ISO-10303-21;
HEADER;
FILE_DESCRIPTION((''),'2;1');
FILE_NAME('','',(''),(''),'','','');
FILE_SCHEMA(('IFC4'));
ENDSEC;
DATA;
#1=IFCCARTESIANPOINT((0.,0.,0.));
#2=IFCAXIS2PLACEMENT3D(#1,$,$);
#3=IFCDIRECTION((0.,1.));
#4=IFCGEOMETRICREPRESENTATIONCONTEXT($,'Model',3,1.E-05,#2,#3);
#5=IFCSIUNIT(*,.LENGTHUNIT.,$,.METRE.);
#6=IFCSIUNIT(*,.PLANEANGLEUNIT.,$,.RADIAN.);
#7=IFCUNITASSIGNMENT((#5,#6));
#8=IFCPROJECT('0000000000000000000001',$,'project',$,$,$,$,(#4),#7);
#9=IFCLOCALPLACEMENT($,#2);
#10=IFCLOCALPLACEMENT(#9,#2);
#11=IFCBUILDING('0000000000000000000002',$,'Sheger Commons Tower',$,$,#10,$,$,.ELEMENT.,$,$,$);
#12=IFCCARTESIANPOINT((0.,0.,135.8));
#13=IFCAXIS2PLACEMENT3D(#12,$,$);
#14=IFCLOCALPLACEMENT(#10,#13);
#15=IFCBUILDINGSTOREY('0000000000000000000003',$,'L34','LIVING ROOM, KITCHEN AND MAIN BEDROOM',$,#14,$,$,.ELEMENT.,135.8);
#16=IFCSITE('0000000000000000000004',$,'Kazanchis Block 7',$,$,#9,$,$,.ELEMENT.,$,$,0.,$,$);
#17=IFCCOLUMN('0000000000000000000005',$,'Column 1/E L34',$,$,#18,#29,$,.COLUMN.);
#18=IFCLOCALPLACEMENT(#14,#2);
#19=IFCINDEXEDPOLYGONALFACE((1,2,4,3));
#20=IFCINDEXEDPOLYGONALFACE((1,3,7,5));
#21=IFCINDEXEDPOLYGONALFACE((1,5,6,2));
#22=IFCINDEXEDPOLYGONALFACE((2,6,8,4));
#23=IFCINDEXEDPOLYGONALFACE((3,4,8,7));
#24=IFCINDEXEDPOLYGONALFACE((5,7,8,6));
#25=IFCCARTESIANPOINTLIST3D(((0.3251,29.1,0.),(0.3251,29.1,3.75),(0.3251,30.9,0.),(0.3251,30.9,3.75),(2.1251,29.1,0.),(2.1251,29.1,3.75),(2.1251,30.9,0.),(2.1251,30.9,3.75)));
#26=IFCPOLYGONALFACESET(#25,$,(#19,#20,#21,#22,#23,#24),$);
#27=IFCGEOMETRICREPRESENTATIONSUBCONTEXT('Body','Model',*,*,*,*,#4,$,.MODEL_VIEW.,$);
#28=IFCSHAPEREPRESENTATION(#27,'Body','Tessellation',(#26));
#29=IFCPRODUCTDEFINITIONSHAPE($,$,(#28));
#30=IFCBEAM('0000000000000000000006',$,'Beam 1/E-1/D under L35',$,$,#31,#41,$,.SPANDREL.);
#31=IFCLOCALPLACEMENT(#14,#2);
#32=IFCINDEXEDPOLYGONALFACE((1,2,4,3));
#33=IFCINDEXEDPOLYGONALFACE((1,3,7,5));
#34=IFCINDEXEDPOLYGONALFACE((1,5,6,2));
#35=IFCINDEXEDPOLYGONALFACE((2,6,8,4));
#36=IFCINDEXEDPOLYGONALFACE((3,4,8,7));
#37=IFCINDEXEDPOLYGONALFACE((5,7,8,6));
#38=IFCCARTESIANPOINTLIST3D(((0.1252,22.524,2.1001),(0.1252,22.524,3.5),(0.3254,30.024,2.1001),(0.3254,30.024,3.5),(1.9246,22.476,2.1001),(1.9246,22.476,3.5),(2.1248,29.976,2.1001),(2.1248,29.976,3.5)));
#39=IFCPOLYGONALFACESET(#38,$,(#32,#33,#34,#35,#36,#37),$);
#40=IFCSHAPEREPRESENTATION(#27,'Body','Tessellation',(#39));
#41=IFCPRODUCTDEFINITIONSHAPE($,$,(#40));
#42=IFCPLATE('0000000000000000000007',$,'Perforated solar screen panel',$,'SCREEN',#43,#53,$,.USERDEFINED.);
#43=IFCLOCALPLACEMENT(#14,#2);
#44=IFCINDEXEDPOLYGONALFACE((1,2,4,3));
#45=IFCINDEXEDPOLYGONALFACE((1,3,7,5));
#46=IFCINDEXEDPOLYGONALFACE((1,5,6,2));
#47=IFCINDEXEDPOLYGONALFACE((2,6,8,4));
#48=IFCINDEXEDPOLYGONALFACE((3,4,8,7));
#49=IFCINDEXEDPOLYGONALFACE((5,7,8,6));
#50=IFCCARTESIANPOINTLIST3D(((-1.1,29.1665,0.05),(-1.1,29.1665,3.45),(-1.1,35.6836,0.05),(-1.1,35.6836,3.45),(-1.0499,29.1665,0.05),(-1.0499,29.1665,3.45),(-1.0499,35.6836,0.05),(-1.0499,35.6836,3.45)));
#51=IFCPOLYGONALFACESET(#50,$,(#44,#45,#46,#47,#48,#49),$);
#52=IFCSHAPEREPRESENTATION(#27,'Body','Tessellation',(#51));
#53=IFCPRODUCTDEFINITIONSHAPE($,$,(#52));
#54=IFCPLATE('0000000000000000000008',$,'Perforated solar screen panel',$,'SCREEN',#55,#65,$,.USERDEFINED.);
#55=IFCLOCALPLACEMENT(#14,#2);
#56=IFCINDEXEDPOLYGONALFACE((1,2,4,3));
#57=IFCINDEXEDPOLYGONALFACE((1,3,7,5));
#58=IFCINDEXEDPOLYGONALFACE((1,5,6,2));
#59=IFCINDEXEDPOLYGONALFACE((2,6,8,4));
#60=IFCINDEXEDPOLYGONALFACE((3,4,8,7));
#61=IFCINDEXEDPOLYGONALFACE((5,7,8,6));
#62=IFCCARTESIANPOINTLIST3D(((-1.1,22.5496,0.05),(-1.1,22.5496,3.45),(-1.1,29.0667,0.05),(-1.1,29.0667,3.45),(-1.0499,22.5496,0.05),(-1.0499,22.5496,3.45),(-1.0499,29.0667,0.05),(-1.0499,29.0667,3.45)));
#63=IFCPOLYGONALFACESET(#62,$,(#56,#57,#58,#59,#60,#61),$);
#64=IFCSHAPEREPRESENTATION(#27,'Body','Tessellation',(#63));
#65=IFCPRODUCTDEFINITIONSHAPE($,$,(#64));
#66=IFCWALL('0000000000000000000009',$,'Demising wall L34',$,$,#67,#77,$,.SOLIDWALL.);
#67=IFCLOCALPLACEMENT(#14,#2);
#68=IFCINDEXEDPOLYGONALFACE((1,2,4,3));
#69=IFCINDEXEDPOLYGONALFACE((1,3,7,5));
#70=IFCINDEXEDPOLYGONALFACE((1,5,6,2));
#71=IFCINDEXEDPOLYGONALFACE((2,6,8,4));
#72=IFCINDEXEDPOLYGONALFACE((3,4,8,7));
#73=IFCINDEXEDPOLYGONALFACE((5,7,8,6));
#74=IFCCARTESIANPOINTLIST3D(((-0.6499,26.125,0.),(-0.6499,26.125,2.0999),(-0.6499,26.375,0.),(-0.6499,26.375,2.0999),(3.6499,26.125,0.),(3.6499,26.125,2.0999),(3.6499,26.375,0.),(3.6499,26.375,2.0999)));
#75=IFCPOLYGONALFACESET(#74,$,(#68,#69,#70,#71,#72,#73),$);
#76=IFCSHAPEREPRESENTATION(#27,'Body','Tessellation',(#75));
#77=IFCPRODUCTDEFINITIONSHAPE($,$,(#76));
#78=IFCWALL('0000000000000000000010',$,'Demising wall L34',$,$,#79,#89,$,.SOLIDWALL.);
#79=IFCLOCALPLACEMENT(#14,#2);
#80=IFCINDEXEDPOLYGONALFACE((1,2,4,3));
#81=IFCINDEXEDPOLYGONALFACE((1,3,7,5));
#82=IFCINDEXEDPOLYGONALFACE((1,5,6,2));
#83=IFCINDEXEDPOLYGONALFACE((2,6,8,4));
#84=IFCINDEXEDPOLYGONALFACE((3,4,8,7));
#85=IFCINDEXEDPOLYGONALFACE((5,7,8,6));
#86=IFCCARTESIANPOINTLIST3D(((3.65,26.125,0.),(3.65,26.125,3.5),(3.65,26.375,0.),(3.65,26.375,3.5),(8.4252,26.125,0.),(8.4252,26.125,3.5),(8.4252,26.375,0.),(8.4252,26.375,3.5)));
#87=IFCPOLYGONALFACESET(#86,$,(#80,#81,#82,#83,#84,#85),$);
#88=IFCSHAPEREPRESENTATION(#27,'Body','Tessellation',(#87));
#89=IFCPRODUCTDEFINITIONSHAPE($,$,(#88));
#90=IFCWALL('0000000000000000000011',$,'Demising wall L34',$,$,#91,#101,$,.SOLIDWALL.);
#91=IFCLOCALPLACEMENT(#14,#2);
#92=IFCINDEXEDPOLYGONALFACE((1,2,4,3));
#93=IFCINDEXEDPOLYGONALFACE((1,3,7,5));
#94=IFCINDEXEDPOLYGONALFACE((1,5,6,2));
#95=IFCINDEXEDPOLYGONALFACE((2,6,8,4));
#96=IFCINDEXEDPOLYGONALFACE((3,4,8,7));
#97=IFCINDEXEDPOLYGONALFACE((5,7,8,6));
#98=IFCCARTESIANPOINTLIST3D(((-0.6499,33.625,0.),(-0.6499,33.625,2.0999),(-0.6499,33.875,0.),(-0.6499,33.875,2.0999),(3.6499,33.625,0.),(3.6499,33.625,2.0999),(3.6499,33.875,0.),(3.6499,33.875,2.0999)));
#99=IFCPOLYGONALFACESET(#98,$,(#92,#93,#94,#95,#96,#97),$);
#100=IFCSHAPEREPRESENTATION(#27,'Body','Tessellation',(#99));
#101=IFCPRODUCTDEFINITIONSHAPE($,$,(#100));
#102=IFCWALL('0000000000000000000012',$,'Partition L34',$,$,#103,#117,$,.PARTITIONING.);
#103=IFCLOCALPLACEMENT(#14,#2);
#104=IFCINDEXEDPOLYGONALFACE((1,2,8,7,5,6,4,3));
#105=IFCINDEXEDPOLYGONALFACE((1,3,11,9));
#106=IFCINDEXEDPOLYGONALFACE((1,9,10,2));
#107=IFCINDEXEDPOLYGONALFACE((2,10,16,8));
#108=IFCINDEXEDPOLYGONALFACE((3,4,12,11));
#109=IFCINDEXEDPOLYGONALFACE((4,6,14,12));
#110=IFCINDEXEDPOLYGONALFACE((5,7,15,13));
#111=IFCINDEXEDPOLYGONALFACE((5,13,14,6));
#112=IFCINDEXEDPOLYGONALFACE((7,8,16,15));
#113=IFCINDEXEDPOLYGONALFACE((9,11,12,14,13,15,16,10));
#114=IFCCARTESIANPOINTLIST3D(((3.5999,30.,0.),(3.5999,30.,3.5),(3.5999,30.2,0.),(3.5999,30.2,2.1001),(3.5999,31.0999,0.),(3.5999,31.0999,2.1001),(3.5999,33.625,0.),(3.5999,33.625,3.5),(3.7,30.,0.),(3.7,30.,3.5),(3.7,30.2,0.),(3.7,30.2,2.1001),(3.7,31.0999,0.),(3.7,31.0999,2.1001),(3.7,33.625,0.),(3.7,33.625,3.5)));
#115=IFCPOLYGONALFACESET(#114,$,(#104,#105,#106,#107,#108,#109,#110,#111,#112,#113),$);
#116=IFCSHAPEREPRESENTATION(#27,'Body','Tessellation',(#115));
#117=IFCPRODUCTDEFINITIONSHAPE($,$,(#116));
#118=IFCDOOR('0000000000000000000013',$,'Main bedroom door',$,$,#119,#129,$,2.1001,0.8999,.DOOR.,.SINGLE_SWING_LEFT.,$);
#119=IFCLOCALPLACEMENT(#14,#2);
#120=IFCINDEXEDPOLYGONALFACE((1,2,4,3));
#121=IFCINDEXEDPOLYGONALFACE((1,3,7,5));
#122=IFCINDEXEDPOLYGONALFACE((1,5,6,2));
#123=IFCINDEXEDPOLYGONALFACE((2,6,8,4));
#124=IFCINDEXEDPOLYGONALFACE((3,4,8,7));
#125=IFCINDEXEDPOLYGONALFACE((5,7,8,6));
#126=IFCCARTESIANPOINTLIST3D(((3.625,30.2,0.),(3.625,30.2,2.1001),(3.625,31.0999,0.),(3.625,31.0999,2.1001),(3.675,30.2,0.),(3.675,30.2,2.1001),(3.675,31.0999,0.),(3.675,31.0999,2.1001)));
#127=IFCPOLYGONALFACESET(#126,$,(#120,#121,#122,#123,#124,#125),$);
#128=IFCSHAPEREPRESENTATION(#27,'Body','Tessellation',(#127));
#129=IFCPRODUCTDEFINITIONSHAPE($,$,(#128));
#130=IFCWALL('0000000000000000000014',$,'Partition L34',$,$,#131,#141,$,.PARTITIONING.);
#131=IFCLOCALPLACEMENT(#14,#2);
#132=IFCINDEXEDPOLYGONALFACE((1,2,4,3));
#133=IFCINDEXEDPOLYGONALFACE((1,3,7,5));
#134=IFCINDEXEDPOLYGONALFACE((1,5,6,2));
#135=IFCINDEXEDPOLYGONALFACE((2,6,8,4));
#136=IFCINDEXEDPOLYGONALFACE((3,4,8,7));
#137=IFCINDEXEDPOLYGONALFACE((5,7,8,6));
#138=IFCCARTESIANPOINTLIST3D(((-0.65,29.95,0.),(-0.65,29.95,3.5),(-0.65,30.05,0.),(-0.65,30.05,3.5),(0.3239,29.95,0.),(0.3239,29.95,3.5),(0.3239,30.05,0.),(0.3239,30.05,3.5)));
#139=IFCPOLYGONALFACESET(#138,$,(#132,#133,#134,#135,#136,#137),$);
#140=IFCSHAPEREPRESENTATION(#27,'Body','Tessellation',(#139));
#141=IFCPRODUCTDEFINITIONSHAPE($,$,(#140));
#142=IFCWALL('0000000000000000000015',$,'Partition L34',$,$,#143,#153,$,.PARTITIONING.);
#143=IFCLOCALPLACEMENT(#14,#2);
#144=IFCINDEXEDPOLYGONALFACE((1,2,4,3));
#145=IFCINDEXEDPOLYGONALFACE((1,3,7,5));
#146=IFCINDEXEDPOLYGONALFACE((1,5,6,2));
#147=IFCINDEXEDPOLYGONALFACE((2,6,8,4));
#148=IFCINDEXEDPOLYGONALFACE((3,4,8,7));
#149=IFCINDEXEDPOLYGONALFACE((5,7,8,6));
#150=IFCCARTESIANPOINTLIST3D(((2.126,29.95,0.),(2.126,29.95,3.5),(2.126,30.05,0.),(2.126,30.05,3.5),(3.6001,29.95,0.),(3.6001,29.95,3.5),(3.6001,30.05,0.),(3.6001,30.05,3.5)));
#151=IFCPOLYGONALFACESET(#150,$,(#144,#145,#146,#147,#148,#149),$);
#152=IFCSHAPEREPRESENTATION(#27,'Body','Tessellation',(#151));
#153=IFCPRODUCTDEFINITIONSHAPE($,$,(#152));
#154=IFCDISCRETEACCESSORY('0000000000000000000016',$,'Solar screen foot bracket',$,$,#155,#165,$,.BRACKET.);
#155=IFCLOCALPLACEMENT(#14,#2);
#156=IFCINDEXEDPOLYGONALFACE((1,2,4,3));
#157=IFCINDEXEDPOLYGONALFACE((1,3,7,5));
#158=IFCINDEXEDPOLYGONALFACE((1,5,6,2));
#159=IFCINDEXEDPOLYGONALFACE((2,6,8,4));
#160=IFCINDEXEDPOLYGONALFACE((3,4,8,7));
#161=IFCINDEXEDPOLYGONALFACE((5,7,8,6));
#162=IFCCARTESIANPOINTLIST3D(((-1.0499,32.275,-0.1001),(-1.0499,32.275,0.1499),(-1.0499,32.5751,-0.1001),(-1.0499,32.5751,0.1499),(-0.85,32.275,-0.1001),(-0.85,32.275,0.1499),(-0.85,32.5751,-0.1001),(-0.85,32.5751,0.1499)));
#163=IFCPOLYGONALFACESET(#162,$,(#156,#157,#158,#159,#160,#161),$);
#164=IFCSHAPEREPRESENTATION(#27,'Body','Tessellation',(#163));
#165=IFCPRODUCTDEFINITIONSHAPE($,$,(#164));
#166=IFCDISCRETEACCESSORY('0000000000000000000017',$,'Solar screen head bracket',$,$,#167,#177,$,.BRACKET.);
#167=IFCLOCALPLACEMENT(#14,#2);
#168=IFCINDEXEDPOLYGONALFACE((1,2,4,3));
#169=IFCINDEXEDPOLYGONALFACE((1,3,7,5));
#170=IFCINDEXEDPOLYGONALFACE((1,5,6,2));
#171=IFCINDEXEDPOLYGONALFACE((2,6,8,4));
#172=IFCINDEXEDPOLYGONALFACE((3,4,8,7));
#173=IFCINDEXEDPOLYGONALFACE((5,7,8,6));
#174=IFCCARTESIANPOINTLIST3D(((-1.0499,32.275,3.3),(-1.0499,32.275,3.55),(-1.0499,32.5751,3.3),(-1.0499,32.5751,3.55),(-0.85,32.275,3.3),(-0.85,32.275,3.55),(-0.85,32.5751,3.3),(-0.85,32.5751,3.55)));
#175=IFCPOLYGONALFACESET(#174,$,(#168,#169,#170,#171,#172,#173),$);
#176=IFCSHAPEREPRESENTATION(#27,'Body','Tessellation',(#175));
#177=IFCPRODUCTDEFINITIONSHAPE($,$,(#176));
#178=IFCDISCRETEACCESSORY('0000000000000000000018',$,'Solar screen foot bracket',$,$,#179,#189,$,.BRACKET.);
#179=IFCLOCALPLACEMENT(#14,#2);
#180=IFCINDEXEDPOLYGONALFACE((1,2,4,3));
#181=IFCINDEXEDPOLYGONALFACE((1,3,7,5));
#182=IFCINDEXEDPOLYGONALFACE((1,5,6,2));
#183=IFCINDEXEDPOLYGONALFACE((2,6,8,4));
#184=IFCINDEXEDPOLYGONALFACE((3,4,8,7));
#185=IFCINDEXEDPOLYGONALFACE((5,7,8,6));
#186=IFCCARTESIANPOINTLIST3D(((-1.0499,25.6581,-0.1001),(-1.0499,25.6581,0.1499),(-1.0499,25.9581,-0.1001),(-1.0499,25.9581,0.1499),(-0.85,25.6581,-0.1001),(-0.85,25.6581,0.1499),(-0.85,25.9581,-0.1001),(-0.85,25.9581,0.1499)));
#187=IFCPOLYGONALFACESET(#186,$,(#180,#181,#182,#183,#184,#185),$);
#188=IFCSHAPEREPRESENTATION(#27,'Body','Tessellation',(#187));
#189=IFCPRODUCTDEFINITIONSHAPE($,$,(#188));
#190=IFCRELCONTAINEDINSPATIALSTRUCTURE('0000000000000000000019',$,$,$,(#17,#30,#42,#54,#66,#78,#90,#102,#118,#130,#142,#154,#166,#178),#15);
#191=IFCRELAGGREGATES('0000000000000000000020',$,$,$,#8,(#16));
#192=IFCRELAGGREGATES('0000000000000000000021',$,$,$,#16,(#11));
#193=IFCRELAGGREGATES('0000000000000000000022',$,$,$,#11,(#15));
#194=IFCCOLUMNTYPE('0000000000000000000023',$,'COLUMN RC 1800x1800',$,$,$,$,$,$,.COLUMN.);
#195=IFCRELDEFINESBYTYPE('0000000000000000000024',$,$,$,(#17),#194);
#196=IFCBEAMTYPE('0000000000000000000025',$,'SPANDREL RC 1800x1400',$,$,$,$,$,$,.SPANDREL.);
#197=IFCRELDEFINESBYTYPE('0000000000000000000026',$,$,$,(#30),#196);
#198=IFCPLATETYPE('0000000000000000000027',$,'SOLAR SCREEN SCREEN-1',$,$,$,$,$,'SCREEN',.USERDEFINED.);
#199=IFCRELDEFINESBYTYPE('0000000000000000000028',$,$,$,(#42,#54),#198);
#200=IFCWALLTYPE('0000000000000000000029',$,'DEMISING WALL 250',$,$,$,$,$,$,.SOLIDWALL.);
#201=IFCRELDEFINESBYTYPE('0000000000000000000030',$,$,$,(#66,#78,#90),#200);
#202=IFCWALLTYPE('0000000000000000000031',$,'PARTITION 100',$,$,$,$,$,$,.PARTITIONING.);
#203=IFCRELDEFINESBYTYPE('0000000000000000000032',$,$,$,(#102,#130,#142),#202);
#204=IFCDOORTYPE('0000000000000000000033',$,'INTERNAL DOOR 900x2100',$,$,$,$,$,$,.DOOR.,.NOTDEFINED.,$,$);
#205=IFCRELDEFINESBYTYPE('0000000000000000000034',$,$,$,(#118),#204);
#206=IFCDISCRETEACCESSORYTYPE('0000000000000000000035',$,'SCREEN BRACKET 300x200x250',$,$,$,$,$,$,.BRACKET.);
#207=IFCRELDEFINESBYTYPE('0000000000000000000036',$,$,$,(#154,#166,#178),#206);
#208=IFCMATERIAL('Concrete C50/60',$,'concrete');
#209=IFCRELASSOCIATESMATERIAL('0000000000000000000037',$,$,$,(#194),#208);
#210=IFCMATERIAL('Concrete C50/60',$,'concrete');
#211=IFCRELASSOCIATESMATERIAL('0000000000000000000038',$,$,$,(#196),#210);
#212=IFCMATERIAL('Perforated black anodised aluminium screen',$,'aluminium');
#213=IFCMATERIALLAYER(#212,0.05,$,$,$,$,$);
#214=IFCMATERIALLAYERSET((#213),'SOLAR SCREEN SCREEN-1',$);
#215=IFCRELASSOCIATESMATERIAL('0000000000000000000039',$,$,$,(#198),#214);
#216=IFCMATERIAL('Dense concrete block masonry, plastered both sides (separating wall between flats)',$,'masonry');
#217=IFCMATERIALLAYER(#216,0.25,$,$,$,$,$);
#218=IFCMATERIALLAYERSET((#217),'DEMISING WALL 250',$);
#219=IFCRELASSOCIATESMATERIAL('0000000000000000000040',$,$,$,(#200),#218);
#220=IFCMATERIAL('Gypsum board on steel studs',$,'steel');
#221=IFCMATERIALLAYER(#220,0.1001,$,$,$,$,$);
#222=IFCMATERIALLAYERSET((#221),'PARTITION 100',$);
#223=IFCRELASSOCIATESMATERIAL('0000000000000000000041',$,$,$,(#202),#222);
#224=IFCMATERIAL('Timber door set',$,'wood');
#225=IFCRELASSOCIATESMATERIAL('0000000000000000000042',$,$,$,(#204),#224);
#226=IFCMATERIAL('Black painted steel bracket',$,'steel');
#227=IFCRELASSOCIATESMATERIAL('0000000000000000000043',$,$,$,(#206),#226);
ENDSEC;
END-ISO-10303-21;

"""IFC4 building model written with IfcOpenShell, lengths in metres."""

from ifc_helpers import new_model, si_unit, direction, frame, frame_2d, origin, origin_2d, place, context, subcontext, project, spatial, rectangle, extrude, material, layer, layer_set, material_profile, profile_set, type_object, element, fill, save


model = new_model("IFC4")

# Units and contexts
model_context = context("Model", 3, precision=1e-05, world=origin(), true_north=direction((0.0, 1.0)))
body_context = subcontext(model_context, "Body", "Model", "MODEL_VIEW")
ifc_project = project(units=[si_unit("LENGTHUNIT", "METRE"), si_unit("PLANEANGLEUNIT", "RADIAN")], contexts=[model_context])

# Site, building, storey
site_placement = place(None, origin())
site = spatial("IfcSite", under=ifc_project, at=site_placement, Name="Kazanchis Block 7", CompositionType="ELEMENT", RefElevation=0.0)
building_placement = place(site_placement, origin())
building = spatial("IfcBuilding", under=site, at=building_placement, Name="Sheger Commons Tower", CompositionType="ELEMENT")
storey_placement = place(building_placement, frame((0.0, 0.0, 135.8)))
storey = spatial("IfcBuildingStorey", under=building, at=storey_placement, Name="L34", Description="LIVING ROOM, KITCHEN AND MAIN BEDROOM", CompositionType="ELEMENT", Elevation=135.8)

# Column
ifc_material_1 = material(Name="Concrete C50/60", Category="concrete")
ifc_material_profile_1 = material_profile(ifc_material_1, rectangle(XDim=1.8, YDim=1.8, at=origin_2d()), Name="RC 1800x1800")
ifc_profile_set_1 = profile_set([ifc_material_profile_1], Name="Concrete C50/60")
column_type = type_object("IfcColumnType", Name="COLUMN RC 1800x1800", PredefinedType="COLUMN", material=ifc_profile_set_1)
column_placement = place(storey_placement, frame((1.2251, 30.0, 0.0), z_axis=(0.0, 0.0, 1.0), x_axis=(1.0, 0.0, 0.0)))
element("IfcColumn", 1, at=column_placement, inside=storey, type_object=column_type, Name="Column 1/E L34", PredefinedType="COLUMN", context=body_context, shape_type="SweptSolid", body=[
    extrude(rectangle(XDim=1.8, YDim=1.8, at=origin_2d()), origin(), (0.0, 0.0, 1.0), 3.75),
])

# Beam
ifc_material_2 = material(Name="Concrete C50/60", Category="concrete")
ifc_material_profile_2 = material_profile(ifc_material_2, rectangle(XDim=1.8, YDim=1.3999, at=origin_2d()), Name="RC 1800x1400")
ifc_profile_set_2 = profile_set([ifc_material_profile_2], Name="Concrete C50/60")
beam_type = type_object("IfcBeamType", Name="SPANDREL RC 1800x1400", PredefinedType="SPANDREL", material=ifc_profile_set_2)
beam_placement = place(storey_placement, frame((1.2251, 30.0, 2.8), z_axis=(-0.026683, -0.999644, 0.0), x_axis=(0.999644, -0.026683, 0.0)))
element("IfcBeam", 2, at=beam_placement, inside=storey, type_object=beam_type, Name="Beam 1/E-1/D under L35", PredefinedType="SPANDREL", context=body_context, shape_type="SweptSolid", body=[
    extrude(rectangle(XDim=1.8, YDim=1.3999, at=origin_2d()), origin(), (0.0, 0.0, 1.0), 7.5027),
])

# Plates
ifc_material_3 = material(Name="Perforated black anodised aluminium screen", Category="aluminium")
ifc_layer_1 = layer(ifc_material_3, 0.05)
ifc_layer_set_1 = layer_set([ifc_layer_1], Name="SOLAR SCREEN SCREEN-1")
plate_type = type_object("IfcPlateType", Name="SOLAR SCREEN SCREEN-1", ElementType="SCREEN", PredefinedType="USERDEFINED", material=ifc_layer_set_1)
for number, where, z_axis, x_axis, name in (
    (3, (-1.075, 32.425, 0.05), (0.0, 0.0, 1.0), (0.0, -1.0, 0.0), "Perforated solar screen panel"),
    (4, (-1.075, 25.8081, 0.05), (0.0, 0.0, 1.0), (0.0, -1.0, 0.0), "Perforated solar screen panel"),
):
    element("IfcPlate", number, at=place(storey_placement, frame(where, z_axis=z_axis, x_axis=x_axis)), inside=storey, type_object=plate_type, Name=name, ObjectType="SCREEN", PredefinedType="USERDEFINED", context=body_context, shape_type="SweptSolid", body=[
        extrude(rectangle(XDim=6.5171, YDim=0.05, at=origin_2d()), origin(), (0.0, 0.0, 1.0), 3.3999),
    ])

# Walls
ifc_material_4 = material(Name="Dense concrete block masonry, plastered both sides (separating wall between flats)", Category="masonry")
ifc_layer_2 = layer(ifc_material_4, 0.25)
ifc_layer_set_2 = layer_set([ifc_layer_2], Name="DEMISING WALL 250")
wall_type_1 = type_object("IfcWallType", Name="DEMISING WALL 250", PredefinedType="SOLIDWALL", material=ifc_layer_set_2)
wall_1_placement = place(storey_placement, frame((-0.6499, 26.25, 0.0), z_axis=(0.0, 0.0, 1.0), x_axis=(1.0, 0.0, 0.0)))
element("IfcWall", 5, at=wall_1_placement, inside=storey, type_object=wall_type_1, Name="Demising wall L34", PredefinedType="SOLIDWALL", context=body_context, shape_type="SweptSolid", body=[
    extrude(rectangle(XDim=4.2998, YDim=0.25, at=frame_2d((2.1499, 0.0))), origin(), (0.0, 0.0, 1.0), 2.0999),
])
wall_2_placement = place(storey_placement, frame((3.6499, 26.25, 0.0), z_axis=(0.0, 0.0, 1.0), x_axis=(1.0, 0.0, 0.0)))
element("IfcWall", 6, at=wall_2_placement, inside=storey, type_object=wall_type_1, Name="Demising wall L34", PredefinedType="SOLIDWALL", context=body_context, shape_type="SweptSolid", body=[
    extrude(rectangle(XDim=4.7751, YDim=0.25, at=frame_2d((2.3877, 0.0))), origin(), (0.0, 0.0, 1.0), 3.5),
])
wall_3_placement = place(storey_placement, frame((-0.6499, 33.75, 0.0), z_axis=(0.0, 0.0, 1.0), x_axis=(1.0, 0.0, 0.0)))
element("IfcWall", 7, at=wall_3_placement, inside=storey, type_object=wall_type_1, Name="Demising wall L34", PredefinedType="SOLIDWALL", context=body_context, shape_type="SweptSolid", body=[
    extrude(rectangle(XDim=4.2998, YDim=0.25, at=frame_2d((2.1499, 0.0))), origin(), (0.0, 0.0, 1.0), 2.0999),
])

# Wall, opening, door
ifc_material_5 = material(Name="Gypsum board on steel studs", Category="steel")
ifc_layer_3 = layer(ifc_material_5, 0.1001)
ifc_layer_set_3 = layer_set([ifc_layer_3], Name="PARTITION 100")
wall_type_2 = type_object("IfcWallType", Name="PARTITION 100", PredefinedType="PARTITIONING", material=ifc_layer_set_3)
wall_4_placement = place(storey_placement, frame((3.6499, 30.0, 0.0), z_axis=(0.0, 0.0, 1.0), x_axis=(0.0, 1.0, 0.0)))
wall_4 = element("IfcWall", 8, at=wall_4_placement, inside=storey, type_object=wall_type_2, Name="Partition L34", PredefinedType="PARTITIONING", context=body_context, shape_type="SweptSolid", body=[
    extrude(rectangle(XDim=3.625, YDim=0.1001, at=frame_2d((1.8125, 0.0))), origin(), (0.0, 0.0, 1.0), 3.5),
])
opening_placement = place(wall_4_placement, frame((0.2, 0.0, 0.0)))
opening = element("IfcOpeningElement", 9, at=opening_placement, cuts=wall_4, PredefinedType="OPENING", context=body_context, shape_type="SweptSolid", body=[
    extrude(rectangle(XDim=0.8999, YDim=2.1001, at=frame_2d((0.45, 1.05))), frame((0.0, 0.0601, 0.0), z_axis=(0.0, -1.0, 0.0), x_axis=(1.0, 0.0, 0.0)), (0.0, 0.0, 1.0), 0.1201),
])
ifc_material_6 = material(Name="Timber door set", Category="wood")
door_type = type_object("IfcDoorType", Name="INTERNAL DOOR 900x2100", OperationType="NOTDEFINED", PredefinedType="DOOR", material=ifc_material_6)
door_placement = place(opening_placement, origin())
door = element("IfcDoor", 10, at=door_placement, inside=storey, type_object=door_type, Name="Main bedroom door", OperationType="SINGLE_SWING_LEFT", OverallHeight=2.1001, OverallWidth=0.8999, PredefinedType="DOOR", context=body_context, shape_type="SweptSolid", body=[
    extrude(rectangle(XDim=0.8999, YDim=2.1001, at=frame_2d((0.45, 1.05))), frame((0.0, 0.0249, 0.0), z_axis=(0.0, -1.0, 0.0), x_axis=(1.0, 0.0, 0.0)), (0.0, 0.0, 1.0), 0.05),
])
fill(opening, door)

# Walls
wall_5_placement = place(storey_placement, frame((-0.6499, 30.0, 0.0), z_axis=(0.0, 0.0, 1.0), x_axis=(1.0, 0.0, 0.0)))
element("IfcWall", 11, at=wall_5_placement, inside=storey, type_object=wall_type_2, Name="Partition L34", PredefinedType="PARTITIONING", context=body_context, shape_type="SweptSolid", body=[
    extrude(rectangle(XDim=0.9739, YDim=0.1001, at=frame_2d((0.4868, 0.0))), origin(), (0.0, 0.0, 1.0), 3.5),
])
wall_6_placement = place(storey_placement, frame((2.126, 30.0, 0.0), z_axis=(0.0, 0.0, 1.0), x_axis=(1.0, 0.0, 0.0)))
element("IfcWall", 12, at=wall_6_placement, inside=storey, type_object=wall_type_2, Name="Partition L34", PredefinedType="PARTITIONING", context=body_context, shape_type="SweptSolid", body=[
    extrude(rectangle(XDim=1.4741, YDim=0.1001, at=frame_2d((0.7371, 0.0))), origin(), (0.0, 0.0, 1.0), 3.5),
])

# Discrete accessories
ifc_material_7 = material(Name="Black painted steel bracket", Category="steel")
discrete_accessory_type = type_object("IfcDiscreteAccessoryType", Name="SCREEN BRACKET 300x200x250", PredefinedType="BRACKET", material=ifc_material_7)
for number, where, z_axis, x_axis, name in (
    (13, (-0.95, 32.425, -0.1001), (0.0, 0.0, 1.0), (0.0, -1.0, 0.0), "Solar screen foot bracket"),
    (14, (-0.95, 32.425, 3.3), (0.0, 0.0, 1.0), (0.0, -1.0, 0.0), "Solar screen head bracket"),
    (15, (-0.95, 25.8081, -0.1001), (0.0, 0.0, 1.0), (0.0, -1.0, 0.0), "Solar screen foot bracket"),
):
    element("IfcDiscreteAccessory", number, at=place(storey_placement, frame(where, z_axis=z_axis, x_axis=x_axis)), inside=storey, type_object=discrete_accessory_type, Name=name, PredefinedType="BRACKET", context=body_context, shape_type="SweptSolid", body=[
        extrude(rectangle(XDim=0.3, YDim=0.2, at=origin_2d()), origin(), (0.0, 0.0, 1.0), 0.25),
    ])

save(model, "model.ifc")
